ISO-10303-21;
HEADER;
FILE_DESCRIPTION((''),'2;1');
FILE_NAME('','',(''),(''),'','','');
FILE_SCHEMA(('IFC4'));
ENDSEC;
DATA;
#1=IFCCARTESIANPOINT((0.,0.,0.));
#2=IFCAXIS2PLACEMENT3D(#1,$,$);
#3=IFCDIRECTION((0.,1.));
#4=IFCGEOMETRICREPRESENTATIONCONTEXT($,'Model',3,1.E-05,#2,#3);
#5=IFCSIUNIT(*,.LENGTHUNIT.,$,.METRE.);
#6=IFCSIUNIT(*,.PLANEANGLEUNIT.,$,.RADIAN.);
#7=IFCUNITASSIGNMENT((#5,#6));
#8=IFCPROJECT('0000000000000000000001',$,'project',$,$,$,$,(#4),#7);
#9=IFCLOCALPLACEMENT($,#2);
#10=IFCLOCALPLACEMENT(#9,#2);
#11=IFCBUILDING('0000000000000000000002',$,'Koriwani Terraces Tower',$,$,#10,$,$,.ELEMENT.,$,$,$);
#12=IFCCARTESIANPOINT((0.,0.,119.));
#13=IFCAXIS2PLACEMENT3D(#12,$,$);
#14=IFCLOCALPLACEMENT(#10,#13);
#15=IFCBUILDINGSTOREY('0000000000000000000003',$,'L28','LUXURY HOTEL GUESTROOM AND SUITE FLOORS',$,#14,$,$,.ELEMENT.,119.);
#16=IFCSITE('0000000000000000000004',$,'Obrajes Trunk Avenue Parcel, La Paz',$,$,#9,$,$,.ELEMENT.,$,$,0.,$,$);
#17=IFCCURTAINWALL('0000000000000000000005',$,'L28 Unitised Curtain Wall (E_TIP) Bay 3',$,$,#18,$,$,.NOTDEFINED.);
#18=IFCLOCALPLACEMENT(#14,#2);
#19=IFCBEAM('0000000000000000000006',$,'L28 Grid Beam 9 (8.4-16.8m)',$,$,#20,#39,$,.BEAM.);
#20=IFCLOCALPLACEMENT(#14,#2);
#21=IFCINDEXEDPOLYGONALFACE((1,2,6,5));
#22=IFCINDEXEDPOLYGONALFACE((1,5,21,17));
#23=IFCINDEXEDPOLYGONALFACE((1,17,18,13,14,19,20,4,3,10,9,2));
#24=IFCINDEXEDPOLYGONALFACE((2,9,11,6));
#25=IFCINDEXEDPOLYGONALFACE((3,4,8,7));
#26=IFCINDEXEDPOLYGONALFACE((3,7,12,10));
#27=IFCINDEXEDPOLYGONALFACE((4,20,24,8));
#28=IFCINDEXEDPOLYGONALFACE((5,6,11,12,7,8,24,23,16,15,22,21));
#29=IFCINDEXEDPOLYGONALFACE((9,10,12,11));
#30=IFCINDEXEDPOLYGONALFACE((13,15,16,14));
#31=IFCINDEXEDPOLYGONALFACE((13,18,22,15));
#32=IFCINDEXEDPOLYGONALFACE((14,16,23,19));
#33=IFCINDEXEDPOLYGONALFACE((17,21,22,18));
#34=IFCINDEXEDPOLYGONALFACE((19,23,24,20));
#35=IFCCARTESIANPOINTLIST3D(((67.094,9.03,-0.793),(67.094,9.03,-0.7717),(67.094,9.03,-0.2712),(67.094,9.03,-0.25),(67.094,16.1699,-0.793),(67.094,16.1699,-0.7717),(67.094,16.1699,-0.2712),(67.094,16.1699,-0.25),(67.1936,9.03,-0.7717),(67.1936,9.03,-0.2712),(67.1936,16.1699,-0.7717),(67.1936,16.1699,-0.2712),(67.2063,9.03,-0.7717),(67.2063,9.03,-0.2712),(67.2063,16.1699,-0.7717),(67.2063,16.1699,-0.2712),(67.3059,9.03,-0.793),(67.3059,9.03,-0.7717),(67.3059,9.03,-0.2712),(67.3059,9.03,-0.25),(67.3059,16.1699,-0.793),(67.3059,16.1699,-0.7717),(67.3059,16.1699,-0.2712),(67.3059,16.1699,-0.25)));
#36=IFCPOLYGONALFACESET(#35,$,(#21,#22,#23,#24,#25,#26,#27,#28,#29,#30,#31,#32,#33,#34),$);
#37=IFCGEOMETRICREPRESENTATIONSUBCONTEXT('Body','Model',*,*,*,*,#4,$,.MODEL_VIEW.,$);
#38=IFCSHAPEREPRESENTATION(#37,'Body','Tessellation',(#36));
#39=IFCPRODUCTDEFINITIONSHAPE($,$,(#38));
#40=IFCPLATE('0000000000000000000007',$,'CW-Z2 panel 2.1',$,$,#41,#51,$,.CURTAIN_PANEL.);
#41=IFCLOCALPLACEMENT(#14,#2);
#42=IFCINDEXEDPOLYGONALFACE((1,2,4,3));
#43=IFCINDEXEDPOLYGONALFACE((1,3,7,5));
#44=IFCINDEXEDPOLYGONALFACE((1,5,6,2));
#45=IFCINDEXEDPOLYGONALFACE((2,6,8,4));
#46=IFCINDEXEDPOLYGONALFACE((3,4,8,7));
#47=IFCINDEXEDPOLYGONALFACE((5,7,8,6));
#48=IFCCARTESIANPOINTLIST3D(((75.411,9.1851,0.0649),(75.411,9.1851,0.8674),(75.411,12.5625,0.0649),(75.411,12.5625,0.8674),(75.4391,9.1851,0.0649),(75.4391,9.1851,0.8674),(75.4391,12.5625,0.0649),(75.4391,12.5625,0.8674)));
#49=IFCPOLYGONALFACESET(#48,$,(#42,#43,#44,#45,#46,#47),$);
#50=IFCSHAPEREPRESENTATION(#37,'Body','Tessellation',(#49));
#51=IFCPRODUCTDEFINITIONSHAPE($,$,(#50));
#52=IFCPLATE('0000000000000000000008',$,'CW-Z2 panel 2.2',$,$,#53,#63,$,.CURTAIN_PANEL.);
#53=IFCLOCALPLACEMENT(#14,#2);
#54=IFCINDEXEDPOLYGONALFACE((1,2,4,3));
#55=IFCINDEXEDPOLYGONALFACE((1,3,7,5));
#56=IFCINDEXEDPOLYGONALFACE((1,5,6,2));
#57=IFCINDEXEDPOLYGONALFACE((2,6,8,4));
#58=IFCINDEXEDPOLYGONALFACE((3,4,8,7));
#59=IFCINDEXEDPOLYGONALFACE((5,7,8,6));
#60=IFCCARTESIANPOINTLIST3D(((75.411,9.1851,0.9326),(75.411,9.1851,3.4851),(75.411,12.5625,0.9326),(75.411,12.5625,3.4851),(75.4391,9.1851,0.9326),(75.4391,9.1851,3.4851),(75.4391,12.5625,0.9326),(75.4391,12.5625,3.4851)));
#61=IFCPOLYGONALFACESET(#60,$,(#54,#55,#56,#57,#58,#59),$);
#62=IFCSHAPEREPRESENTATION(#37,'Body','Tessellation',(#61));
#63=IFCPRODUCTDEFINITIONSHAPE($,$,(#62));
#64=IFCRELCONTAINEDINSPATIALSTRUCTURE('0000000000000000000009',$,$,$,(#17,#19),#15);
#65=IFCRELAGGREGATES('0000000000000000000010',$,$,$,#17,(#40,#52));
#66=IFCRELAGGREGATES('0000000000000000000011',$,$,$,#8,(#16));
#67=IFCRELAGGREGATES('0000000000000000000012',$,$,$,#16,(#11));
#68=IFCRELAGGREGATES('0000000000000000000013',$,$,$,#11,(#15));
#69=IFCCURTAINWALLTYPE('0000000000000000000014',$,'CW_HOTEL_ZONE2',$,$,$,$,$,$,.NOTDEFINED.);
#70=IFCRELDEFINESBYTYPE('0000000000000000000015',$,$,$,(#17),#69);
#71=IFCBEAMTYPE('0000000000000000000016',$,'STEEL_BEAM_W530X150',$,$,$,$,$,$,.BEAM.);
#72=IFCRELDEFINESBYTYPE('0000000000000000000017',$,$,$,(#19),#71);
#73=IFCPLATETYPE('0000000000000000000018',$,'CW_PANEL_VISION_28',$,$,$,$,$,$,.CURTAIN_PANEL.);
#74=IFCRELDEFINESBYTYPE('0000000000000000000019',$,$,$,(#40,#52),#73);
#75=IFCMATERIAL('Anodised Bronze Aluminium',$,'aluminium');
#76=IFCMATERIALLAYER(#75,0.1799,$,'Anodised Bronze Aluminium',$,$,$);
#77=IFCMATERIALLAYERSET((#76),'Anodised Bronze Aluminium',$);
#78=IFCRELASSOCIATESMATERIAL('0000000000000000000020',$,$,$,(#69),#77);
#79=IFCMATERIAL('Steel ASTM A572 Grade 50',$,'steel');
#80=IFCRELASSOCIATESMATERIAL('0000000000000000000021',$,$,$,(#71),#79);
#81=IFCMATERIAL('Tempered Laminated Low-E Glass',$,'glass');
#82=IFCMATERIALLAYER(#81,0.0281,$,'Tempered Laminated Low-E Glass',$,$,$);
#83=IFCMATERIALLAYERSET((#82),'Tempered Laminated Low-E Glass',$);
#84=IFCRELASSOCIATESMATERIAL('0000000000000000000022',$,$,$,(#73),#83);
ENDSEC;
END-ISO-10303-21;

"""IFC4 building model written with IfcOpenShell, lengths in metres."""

from ifc_helpers import new_model, si_unit, direction, frame, origin, origin_2d, place, context, subcontext, project, spatial, rectangle, i_section, extrude, material, layer, layer_set, material_profile, profile_set, type_object, element, aggregate, save


model = new_model("IFC4")

# Units and contexts
model_context = context("Model", 3, precision=1e-05, world=origin(), true_north=direction((0.0, 1.0)))
body_context = subcontext(model_context, "Body", "Model", "MODEL_VIEW")
ifc_project = project(units=[si_unit("LENGTHUNIT", "METRE"), si_unit("PLANEANGLEUNIT", "RADIAN")], contexts=[model_context])

# Site, building, storey
site_placement = place(None, origin())
site = spatial("IfcSite", under=ifc_project, at=site_placement, Name="Obrajes Trunk Avenue Parcel, La Paz", CompositionType="ELEMENT", RefElevation=0.0)
building_placement = place(site_placement, origin())
building = spatial("IfcBuilding", under=site, at=building_placement, Name="Koriwani Terraces Tower", CompositionType="ELEMENT")
storey_placement = place(building_placement, frame((0.0, 0.0, 119.0)))
storey = spatial("IfcBuildingStorey", under=building, at=storey_placement, Name="L28", Description="LUXURY HOTEL GUESTROOM AND SUITE FLOORS", CompositionType="ELEMENT", Elevation=119.0)

# Curtain wall
ifc_material_1 = material(Name="Anodised Bronze Aluminium", Category="aluminium")
ifc_layer_1 = layer(ifc_material_1, 0.1799, Name="Anodised Bronze Aluminium")
ifc_layer_set_1 = layer_set([ifc_layer_1], Name="Anodised Bronze Aluminium")
curtain_wall_type = type_object("IfcCurtainWallType", Name="CW_HOTEL_ZONE2", PredefinedType="NOTDEFINED", material=ifc_layer_set_1)
curtain_wall_1_placement = place(storey_placement, origin())
curtain_wall_1 = element("IfcCurtainWall", 1, at=curtain_wall_1_placement, inside=storey, type_object=curtain_wall_type, Name="L28 Unitised Curtain Wall (E_TIP) Bay 3", PredefinedType="NOTDEFINED")

# Beam
ifc_material_2 = material(Name="Steel ASTM A572 Grade 50", Category="steel")
ifc_material_profile_1 = material_profile(ifc_material_2, i_section(OverallWidth=0.2119, OverallDepth=0.543, WebThickness=0.0127, FlangeThickness=0.0212, at=origin_2d()), Name="Steel ASTM A572 Grade 50", Category="LoadBearing")
ifc_profile_set_1 = profile_set([ifc_material_profile_1], Name="Steel ASTM A572 Grade 50")
beam_type_1 = type_object("IfcBeamType", Name="STEEL_BEAM_W530X150", PredefinedType="BEAM", material=ifc_profile_set_1)
beam_1_placement = place(storey_placement, frame((67.2, 9.03, -0.5215), z_axis=(0.0, 1.0, 0.0), x_axis=(-1.0, 0.0, 0.0)))
element("IfcBeam", 2, at=beam_1_placement, inside=storey, type_object=beam_type_1, Name="L28 Grid Beam 9 (8.4-16.8m)", PredefinedType="BEAM", context=body_context, shape_type="SweptSolid", body=[
    extrude(i_section(OverallWidth=0.2119, OverallDepth=0.543, WebThickness=0.0127, FlangeThickness=0.0212, at=origin_2d()), origin(), (0.0, 0.0, 1.0), 7.1399),
])

# Plates
ifc_material_3 = material(Name="Tempered Laminated Low-E Glass", Category="glass")
ifc_layer_2 = layer(ifc_material_3, 0.0281, Name="Tempered Laminated Low-E Glass")
ifc_layer_set_2 = layer_set([ifc_layer_2], Name="Tempered Laminated Low-E Glass")
plate_type = type_object("IfcPlateType", Name="CW_PANEL_VISION_28", PredefinedType="CURTAIN_PANEL", material=ifc_layer_set_2)
plate_1_placement = place(storey_placement, frame((75.425, 10.8738, 0.0649), z_axis=(0.0, 0.0, 1.0), x_axis=(0.0, -1.0, 0.0)))
plate_1 = element("IfcPlate", 3, at=plate_1_placement, type_object=plate_type, Name="CW-Z2 panel 2.1", PredefinedType="CURTAIN_PANEL", context=body_context, shape_type="SweptSolid", body=[
    extrude(rectangle(XDim=3.3774, YDim=0.0281, at=origin_2d()), origin(), (0.0, 0.0, 1.0), 0.8025),
])
plate_2_placement = place(storey_placement, frame((75.425, 10.8738, 0.9326), z_axis=(0.0, 0.0, 1.0), x_axis=(0.0, -1.0, 0.0)))
plate_2 = element("IfcPlate", 4, at=plate_2_placement, type_object=plate_type, Name="CW-Z2 panel 2.2", PredefinedType="CURTAIN_PANEL", context=body_context, shape_type="SweptSolid", body=[
    extrude(rectangle(XDim=3.3774, YDim=0.0281, at=origin_2d()), origin(), (0.0, 0.0, 1.0), 2.5525),
])
aggregate(curtain_wall_1, [plate_1, plate_2])

save(model, "model.ifc")
